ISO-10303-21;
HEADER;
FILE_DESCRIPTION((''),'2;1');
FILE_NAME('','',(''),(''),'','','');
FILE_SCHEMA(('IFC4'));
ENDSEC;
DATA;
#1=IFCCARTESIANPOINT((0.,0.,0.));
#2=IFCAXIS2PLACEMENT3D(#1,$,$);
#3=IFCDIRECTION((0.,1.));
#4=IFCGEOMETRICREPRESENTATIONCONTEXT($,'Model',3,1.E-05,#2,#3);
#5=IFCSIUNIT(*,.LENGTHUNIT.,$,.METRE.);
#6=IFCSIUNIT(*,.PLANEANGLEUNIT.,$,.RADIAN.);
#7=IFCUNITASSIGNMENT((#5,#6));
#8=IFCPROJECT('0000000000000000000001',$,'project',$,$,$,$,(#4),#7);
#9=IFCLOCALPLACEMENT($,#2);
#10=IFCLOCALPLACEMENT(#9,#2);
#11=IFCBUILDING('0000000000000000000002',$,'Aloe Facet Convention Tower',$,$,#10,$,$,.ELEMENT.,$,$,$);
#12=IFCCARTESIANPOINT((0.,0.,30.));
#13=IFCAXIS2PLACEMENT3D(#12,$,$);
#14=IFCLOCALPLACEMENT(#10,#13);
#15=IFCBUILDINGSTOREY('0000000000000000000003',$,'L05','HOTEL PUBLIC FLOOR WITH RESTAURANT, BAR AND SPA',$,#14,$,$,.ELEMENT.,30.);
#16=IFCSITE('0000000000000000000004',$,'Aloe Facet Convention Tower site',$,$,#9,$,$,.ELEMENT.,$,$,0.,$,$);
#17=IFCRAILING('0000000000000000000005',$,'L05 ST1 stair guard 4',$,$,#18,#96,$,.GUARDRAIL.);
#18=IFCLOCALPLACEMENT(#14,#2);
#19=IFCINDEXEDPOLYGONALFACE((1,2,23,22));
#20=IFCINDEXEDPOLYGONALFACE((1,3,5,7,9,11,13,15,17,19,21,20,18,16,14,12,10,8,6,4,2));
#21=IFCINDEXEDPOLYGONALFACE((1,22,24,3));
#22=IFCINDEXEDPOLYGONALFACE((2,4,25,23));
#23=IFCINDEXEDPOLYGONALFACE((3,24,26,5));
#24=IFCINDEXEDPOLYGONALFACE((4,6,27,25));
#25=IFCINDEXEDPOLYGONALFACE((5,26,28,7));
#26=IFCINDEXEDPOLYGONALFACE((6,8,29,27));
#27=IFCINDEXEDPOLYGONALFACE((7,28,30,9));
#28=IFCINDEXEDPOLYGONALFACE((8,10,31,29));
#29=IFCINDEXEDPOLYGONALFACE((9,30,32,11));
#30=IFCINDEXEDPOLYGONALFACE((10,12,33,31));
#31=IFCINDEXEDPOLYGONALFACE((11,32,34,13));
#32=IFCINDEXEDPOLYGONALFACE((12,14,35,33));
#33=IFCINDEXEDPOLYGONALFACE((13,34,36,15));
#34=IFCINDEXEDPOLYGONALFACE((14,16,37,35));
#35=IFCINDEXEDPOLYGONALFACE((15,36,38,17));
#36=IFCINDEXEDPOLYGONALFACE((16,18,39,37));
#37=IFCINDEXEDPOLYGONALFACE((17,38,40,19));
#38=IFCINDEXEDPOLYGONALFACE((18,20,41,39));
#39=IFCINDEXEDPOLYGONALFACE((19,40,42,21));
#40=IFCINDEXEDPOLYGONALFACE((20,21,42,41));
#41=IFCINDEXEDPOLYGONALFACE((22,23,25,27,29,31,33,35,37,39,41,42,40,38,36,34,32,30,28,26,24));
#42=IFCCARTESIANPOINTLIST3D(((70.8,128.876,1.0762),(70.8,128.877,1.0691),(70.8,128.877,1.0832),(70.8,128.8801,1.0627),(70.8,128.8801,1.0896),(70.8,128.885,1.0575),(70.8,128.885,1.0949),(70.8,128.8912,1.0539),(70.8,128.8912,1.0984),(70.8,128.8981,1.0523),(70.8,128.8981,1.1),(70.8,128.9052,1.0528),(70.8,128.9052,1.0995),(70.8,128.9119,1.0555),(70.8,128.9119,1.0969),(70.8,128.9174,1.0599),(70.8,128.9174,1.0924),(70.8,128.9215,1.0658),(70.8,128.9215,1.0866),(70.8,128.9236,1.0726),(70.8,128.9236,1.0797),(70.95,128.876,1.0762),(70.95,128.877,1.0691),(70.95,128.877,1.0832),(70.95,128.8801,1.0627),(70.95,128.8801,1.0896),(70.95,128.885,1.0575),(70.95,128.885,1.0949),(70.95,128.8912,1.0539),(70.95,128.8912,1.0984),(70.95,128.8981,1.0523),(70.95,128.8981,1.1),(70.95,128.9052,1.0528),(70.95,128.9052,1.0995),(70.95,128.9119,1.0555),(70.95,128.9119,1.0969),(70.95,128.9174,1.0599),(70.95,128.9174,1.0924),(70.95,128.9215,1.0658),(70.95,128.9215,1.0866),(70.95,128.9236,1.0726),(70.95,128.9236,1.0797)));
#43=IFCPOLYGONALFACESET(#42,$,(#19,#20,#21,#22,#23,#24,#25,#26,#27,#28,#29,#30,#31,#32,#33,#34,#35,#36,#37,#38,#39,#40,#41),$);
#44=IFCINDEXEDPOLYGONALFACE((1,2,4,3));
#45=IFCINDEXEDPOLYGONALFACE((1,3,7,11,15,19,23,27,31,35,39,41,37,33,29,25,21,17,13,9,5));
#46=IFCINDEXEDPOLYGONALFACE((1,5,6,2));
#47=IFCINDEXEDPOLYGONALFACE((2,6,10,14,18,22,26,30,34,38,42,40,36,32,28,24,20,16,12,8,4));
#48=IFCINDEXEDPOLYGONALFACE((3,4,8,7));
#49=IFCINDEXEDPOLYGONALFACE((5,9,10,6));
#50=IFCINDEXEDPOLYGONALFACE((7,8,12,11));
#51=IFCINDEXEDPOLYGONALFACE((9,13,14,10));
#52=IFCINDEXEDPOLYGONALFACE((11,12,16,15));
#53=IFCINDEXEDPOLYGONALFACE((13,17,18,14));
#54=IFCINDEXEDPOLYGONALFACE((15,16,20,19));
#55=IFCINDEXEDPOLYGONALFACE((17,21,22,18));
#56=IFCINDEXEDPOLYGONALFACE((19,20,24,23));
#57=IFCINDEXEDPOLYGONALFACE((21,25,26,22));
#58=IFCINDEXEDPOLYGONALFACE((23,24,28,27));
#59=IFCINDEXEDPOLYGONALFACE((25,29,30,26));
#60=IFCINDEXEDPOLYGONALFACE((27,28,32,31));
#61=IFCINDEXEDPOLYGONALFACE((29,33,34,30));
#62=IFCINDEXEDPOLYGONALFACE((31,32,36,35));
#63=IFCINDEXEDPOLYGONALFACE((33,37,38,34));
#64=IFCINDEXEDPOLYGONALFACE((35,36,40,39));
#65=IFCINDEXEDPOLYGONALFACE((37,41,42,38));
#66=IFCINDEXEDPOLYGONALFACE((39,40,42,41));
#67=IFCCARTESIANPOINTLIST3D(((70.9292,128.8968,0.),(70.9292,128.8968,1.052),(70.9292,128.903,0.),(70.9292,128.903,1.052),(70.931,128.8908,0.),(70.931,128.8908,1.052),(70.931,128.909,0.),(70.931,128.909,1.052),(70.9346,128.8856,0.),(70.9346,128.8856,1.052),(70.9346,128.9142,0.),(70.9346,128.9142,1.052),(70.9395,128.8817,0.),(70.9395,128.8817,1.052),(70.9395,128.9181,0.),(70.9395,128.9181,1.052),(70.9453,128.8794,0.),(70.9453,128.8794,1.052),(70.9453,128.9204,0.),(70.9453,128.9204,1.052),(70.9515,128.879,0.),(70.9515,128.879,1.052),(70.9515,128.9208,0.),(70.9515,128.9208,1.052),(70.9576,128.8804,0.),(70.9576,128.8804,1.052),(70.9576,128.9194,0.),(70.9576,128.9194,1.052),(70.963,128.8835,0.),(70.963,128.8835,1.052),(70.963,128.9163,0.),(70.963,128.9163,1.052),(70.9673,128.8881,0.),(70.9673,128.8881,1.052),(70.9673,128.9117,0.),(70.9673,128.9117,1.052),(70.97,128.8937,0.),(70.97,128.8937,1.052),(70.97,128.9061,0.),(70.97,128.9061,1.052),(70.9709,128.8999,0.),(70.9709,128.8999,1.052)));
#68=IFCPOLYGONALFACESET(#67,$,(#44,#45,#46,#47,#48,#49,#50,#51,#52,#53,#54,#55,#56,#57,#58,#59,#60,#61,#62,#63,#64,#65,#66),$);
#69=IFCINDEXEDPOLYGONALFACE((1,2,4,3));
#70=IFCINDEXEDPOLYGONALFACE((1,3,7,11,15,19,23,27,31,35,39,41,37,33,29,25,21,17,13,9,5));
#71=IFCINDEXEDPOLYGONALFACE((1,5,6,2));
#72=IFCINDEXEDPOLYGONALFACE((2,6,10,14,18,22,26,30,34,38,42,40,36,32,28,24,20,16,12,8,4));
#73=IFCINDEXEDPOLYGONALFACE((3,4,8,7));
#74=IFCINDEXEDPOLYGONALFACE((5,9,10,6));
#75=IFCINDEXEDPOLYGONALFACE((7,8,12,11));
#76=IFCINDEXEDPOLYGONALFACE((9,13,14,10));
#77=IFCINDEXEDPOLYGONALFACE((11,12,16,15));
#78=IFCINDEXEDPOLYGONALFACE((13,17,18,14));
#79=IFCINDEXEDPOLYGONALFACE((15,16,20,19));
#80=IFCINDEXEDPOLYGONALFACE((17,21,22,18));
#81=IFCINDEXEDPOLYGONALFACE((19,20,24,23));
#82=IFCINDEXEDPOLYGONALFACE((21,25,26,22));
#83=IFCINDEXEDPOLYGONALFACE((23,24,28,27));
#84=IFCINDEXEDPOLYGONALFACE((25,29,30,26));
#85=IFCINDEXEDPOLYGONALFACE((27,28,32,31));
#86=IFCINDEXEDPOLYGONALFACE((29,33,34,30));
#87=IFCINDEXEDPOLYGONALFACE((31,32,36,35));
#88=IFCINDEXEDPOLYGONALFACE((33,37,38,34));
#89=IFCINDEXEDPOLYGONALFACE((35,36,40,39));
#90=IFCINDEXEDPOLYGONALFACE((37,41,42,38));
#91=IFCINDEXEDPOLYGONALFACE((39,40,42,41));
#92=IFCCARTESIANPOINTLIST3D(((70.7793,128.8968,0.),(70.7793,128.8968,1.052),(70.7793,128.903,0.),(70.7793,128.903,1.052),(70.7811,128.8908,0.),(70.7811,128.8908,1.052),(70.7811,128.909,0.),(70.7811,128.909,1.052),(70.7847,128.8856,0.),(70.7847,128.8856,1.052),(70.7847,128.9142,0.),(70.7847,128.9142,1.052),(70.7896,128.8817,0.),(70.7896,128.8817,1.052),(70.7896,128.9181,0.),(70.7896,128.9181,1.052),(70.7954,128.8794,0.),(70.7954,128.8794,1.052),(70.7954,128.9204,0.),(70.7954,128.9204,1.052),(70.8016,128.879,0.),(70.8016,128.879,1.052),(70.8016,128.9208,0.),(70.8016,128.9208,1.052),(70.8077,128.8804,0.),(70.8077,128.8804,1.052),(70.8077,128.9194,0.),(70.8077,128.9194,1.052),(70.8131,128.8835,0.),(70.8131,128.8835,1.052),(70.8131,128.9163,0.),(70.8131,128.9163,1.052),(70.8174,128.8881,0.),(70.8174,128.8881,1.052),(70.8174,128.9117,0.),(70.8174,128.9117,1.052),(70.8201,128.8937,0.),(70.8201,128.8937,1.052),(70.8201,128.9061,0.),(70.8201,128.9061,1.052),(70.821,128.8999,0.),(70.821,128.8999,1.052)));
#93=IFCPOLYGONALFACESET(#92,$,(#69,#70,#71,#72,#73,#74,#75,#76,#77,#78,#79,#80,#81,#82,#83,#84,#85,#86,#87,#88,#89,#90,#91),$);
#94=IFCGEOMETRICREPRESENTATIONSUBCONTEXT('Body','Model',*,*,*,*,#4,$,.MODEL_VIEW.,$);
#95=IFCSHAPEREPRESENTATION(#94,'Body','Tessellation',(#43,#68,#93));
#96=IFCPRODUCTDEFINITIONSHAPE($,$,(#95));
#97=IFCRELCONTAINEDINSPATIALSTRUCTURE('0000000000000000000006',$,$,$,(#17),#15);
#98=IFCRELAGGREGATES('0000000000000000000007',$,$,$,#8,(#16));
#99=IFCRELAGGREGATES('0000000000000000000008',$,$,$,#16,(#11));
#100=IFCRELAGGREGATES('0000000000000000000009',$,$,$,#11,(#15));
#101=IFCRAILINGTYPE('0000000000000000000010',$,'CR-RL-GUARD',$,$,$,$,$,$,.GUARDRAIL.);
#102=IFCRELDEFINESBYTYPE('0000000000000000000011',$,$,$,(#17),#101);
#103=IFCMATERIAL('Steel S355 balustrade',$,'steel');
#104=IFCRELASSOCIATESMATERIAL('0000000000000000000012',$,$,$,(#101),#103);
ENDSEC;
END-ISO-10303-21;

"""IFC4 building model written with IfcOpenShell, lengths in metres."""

from ifc_helpers import new_model, si_unit, direction, frame, origin, origin_2d, place, context, subcontext, project, spatial, circle, extrude, material, type_object, element, save


model = new_model("IFC4")

# Units and contexts
model_context = context("Model", 3, precision=1e-05, world=origin(), true_north=direction((0.0, 1.0)))
body_context = subcontext(model_context, "Body", "Model", "MODEL_VIEW")
ifc_project = project(units=[si_unit("LENGTHUNIT", "METRE"), si_unit("PLANEANGLEUNIT", "RADIAN")], contexts=[model_context])

# Site, building, storey
site_placement = place(None, origin())
site = spatial("IfcSite", under=ifc_project, at=site_placement, Name="Aloe Facet Convention Tower site", CompositionType="ELEMENT", RefElevation=0.0)
building_placement = place(site_placement, origin())
building = spatial("IfcBuilding", under=site, at=building_placement, Name="Aloe Facet Convention Tower", CompositionType="ELEMENT")
storey_placement = place(building_placement, frame((0.0, 0.0, 30.0)))
storey = spatial("IfcBuildingStorey", under=building, at=storey_placement, Name="L05", Description="HOTEL PUBLIC FLOOR WITH RESTAURANT, BAR AND SPA", CompositionType="ELEMENT", Elevation=30.0)

# Railing
ifc_material_1 = material(Name="Steel S355 balustrade", Category="steel")
railing_type_1 = type_object("IfcRailingType", Name="CR-RL-GUARD", PredefinedType="GUARDRAIL", material=ifc_material_1)
railing_1_placement = place(storey_placement, frame((70.95, 128.8999, 0.0)))
element("IfcRailing", 1, at=railing_1_placement, inside=storey, type_object=railing_type_1, Name="L05 ST1 stair guard 4", PredefinedType="GUARDRAIL", context=body_context, shape_type="SweptSolid", body=[
    extrude(circle(Radius=0.0239, at=origin_2d()), frame((0.0, 0.0, 1.0762), z_axis=(-1.0, 0.0, 0.0), x_axis=(0.0, -1.0, 0.0)), (0.0, 0.0, 1.0), 0.1499),
    extrude(circle(Radius=0.021, at=origin_2d()), origin(), (0.0, 0.0, 1.0), 1.052),
    extrude(circle(Radius=0.021, at=origin_2d()), frame((-0.1499, 0.0, 0.0)), (0.0, 0.0, 1.0), 1.052),
])

save(model, "model.ifc")
